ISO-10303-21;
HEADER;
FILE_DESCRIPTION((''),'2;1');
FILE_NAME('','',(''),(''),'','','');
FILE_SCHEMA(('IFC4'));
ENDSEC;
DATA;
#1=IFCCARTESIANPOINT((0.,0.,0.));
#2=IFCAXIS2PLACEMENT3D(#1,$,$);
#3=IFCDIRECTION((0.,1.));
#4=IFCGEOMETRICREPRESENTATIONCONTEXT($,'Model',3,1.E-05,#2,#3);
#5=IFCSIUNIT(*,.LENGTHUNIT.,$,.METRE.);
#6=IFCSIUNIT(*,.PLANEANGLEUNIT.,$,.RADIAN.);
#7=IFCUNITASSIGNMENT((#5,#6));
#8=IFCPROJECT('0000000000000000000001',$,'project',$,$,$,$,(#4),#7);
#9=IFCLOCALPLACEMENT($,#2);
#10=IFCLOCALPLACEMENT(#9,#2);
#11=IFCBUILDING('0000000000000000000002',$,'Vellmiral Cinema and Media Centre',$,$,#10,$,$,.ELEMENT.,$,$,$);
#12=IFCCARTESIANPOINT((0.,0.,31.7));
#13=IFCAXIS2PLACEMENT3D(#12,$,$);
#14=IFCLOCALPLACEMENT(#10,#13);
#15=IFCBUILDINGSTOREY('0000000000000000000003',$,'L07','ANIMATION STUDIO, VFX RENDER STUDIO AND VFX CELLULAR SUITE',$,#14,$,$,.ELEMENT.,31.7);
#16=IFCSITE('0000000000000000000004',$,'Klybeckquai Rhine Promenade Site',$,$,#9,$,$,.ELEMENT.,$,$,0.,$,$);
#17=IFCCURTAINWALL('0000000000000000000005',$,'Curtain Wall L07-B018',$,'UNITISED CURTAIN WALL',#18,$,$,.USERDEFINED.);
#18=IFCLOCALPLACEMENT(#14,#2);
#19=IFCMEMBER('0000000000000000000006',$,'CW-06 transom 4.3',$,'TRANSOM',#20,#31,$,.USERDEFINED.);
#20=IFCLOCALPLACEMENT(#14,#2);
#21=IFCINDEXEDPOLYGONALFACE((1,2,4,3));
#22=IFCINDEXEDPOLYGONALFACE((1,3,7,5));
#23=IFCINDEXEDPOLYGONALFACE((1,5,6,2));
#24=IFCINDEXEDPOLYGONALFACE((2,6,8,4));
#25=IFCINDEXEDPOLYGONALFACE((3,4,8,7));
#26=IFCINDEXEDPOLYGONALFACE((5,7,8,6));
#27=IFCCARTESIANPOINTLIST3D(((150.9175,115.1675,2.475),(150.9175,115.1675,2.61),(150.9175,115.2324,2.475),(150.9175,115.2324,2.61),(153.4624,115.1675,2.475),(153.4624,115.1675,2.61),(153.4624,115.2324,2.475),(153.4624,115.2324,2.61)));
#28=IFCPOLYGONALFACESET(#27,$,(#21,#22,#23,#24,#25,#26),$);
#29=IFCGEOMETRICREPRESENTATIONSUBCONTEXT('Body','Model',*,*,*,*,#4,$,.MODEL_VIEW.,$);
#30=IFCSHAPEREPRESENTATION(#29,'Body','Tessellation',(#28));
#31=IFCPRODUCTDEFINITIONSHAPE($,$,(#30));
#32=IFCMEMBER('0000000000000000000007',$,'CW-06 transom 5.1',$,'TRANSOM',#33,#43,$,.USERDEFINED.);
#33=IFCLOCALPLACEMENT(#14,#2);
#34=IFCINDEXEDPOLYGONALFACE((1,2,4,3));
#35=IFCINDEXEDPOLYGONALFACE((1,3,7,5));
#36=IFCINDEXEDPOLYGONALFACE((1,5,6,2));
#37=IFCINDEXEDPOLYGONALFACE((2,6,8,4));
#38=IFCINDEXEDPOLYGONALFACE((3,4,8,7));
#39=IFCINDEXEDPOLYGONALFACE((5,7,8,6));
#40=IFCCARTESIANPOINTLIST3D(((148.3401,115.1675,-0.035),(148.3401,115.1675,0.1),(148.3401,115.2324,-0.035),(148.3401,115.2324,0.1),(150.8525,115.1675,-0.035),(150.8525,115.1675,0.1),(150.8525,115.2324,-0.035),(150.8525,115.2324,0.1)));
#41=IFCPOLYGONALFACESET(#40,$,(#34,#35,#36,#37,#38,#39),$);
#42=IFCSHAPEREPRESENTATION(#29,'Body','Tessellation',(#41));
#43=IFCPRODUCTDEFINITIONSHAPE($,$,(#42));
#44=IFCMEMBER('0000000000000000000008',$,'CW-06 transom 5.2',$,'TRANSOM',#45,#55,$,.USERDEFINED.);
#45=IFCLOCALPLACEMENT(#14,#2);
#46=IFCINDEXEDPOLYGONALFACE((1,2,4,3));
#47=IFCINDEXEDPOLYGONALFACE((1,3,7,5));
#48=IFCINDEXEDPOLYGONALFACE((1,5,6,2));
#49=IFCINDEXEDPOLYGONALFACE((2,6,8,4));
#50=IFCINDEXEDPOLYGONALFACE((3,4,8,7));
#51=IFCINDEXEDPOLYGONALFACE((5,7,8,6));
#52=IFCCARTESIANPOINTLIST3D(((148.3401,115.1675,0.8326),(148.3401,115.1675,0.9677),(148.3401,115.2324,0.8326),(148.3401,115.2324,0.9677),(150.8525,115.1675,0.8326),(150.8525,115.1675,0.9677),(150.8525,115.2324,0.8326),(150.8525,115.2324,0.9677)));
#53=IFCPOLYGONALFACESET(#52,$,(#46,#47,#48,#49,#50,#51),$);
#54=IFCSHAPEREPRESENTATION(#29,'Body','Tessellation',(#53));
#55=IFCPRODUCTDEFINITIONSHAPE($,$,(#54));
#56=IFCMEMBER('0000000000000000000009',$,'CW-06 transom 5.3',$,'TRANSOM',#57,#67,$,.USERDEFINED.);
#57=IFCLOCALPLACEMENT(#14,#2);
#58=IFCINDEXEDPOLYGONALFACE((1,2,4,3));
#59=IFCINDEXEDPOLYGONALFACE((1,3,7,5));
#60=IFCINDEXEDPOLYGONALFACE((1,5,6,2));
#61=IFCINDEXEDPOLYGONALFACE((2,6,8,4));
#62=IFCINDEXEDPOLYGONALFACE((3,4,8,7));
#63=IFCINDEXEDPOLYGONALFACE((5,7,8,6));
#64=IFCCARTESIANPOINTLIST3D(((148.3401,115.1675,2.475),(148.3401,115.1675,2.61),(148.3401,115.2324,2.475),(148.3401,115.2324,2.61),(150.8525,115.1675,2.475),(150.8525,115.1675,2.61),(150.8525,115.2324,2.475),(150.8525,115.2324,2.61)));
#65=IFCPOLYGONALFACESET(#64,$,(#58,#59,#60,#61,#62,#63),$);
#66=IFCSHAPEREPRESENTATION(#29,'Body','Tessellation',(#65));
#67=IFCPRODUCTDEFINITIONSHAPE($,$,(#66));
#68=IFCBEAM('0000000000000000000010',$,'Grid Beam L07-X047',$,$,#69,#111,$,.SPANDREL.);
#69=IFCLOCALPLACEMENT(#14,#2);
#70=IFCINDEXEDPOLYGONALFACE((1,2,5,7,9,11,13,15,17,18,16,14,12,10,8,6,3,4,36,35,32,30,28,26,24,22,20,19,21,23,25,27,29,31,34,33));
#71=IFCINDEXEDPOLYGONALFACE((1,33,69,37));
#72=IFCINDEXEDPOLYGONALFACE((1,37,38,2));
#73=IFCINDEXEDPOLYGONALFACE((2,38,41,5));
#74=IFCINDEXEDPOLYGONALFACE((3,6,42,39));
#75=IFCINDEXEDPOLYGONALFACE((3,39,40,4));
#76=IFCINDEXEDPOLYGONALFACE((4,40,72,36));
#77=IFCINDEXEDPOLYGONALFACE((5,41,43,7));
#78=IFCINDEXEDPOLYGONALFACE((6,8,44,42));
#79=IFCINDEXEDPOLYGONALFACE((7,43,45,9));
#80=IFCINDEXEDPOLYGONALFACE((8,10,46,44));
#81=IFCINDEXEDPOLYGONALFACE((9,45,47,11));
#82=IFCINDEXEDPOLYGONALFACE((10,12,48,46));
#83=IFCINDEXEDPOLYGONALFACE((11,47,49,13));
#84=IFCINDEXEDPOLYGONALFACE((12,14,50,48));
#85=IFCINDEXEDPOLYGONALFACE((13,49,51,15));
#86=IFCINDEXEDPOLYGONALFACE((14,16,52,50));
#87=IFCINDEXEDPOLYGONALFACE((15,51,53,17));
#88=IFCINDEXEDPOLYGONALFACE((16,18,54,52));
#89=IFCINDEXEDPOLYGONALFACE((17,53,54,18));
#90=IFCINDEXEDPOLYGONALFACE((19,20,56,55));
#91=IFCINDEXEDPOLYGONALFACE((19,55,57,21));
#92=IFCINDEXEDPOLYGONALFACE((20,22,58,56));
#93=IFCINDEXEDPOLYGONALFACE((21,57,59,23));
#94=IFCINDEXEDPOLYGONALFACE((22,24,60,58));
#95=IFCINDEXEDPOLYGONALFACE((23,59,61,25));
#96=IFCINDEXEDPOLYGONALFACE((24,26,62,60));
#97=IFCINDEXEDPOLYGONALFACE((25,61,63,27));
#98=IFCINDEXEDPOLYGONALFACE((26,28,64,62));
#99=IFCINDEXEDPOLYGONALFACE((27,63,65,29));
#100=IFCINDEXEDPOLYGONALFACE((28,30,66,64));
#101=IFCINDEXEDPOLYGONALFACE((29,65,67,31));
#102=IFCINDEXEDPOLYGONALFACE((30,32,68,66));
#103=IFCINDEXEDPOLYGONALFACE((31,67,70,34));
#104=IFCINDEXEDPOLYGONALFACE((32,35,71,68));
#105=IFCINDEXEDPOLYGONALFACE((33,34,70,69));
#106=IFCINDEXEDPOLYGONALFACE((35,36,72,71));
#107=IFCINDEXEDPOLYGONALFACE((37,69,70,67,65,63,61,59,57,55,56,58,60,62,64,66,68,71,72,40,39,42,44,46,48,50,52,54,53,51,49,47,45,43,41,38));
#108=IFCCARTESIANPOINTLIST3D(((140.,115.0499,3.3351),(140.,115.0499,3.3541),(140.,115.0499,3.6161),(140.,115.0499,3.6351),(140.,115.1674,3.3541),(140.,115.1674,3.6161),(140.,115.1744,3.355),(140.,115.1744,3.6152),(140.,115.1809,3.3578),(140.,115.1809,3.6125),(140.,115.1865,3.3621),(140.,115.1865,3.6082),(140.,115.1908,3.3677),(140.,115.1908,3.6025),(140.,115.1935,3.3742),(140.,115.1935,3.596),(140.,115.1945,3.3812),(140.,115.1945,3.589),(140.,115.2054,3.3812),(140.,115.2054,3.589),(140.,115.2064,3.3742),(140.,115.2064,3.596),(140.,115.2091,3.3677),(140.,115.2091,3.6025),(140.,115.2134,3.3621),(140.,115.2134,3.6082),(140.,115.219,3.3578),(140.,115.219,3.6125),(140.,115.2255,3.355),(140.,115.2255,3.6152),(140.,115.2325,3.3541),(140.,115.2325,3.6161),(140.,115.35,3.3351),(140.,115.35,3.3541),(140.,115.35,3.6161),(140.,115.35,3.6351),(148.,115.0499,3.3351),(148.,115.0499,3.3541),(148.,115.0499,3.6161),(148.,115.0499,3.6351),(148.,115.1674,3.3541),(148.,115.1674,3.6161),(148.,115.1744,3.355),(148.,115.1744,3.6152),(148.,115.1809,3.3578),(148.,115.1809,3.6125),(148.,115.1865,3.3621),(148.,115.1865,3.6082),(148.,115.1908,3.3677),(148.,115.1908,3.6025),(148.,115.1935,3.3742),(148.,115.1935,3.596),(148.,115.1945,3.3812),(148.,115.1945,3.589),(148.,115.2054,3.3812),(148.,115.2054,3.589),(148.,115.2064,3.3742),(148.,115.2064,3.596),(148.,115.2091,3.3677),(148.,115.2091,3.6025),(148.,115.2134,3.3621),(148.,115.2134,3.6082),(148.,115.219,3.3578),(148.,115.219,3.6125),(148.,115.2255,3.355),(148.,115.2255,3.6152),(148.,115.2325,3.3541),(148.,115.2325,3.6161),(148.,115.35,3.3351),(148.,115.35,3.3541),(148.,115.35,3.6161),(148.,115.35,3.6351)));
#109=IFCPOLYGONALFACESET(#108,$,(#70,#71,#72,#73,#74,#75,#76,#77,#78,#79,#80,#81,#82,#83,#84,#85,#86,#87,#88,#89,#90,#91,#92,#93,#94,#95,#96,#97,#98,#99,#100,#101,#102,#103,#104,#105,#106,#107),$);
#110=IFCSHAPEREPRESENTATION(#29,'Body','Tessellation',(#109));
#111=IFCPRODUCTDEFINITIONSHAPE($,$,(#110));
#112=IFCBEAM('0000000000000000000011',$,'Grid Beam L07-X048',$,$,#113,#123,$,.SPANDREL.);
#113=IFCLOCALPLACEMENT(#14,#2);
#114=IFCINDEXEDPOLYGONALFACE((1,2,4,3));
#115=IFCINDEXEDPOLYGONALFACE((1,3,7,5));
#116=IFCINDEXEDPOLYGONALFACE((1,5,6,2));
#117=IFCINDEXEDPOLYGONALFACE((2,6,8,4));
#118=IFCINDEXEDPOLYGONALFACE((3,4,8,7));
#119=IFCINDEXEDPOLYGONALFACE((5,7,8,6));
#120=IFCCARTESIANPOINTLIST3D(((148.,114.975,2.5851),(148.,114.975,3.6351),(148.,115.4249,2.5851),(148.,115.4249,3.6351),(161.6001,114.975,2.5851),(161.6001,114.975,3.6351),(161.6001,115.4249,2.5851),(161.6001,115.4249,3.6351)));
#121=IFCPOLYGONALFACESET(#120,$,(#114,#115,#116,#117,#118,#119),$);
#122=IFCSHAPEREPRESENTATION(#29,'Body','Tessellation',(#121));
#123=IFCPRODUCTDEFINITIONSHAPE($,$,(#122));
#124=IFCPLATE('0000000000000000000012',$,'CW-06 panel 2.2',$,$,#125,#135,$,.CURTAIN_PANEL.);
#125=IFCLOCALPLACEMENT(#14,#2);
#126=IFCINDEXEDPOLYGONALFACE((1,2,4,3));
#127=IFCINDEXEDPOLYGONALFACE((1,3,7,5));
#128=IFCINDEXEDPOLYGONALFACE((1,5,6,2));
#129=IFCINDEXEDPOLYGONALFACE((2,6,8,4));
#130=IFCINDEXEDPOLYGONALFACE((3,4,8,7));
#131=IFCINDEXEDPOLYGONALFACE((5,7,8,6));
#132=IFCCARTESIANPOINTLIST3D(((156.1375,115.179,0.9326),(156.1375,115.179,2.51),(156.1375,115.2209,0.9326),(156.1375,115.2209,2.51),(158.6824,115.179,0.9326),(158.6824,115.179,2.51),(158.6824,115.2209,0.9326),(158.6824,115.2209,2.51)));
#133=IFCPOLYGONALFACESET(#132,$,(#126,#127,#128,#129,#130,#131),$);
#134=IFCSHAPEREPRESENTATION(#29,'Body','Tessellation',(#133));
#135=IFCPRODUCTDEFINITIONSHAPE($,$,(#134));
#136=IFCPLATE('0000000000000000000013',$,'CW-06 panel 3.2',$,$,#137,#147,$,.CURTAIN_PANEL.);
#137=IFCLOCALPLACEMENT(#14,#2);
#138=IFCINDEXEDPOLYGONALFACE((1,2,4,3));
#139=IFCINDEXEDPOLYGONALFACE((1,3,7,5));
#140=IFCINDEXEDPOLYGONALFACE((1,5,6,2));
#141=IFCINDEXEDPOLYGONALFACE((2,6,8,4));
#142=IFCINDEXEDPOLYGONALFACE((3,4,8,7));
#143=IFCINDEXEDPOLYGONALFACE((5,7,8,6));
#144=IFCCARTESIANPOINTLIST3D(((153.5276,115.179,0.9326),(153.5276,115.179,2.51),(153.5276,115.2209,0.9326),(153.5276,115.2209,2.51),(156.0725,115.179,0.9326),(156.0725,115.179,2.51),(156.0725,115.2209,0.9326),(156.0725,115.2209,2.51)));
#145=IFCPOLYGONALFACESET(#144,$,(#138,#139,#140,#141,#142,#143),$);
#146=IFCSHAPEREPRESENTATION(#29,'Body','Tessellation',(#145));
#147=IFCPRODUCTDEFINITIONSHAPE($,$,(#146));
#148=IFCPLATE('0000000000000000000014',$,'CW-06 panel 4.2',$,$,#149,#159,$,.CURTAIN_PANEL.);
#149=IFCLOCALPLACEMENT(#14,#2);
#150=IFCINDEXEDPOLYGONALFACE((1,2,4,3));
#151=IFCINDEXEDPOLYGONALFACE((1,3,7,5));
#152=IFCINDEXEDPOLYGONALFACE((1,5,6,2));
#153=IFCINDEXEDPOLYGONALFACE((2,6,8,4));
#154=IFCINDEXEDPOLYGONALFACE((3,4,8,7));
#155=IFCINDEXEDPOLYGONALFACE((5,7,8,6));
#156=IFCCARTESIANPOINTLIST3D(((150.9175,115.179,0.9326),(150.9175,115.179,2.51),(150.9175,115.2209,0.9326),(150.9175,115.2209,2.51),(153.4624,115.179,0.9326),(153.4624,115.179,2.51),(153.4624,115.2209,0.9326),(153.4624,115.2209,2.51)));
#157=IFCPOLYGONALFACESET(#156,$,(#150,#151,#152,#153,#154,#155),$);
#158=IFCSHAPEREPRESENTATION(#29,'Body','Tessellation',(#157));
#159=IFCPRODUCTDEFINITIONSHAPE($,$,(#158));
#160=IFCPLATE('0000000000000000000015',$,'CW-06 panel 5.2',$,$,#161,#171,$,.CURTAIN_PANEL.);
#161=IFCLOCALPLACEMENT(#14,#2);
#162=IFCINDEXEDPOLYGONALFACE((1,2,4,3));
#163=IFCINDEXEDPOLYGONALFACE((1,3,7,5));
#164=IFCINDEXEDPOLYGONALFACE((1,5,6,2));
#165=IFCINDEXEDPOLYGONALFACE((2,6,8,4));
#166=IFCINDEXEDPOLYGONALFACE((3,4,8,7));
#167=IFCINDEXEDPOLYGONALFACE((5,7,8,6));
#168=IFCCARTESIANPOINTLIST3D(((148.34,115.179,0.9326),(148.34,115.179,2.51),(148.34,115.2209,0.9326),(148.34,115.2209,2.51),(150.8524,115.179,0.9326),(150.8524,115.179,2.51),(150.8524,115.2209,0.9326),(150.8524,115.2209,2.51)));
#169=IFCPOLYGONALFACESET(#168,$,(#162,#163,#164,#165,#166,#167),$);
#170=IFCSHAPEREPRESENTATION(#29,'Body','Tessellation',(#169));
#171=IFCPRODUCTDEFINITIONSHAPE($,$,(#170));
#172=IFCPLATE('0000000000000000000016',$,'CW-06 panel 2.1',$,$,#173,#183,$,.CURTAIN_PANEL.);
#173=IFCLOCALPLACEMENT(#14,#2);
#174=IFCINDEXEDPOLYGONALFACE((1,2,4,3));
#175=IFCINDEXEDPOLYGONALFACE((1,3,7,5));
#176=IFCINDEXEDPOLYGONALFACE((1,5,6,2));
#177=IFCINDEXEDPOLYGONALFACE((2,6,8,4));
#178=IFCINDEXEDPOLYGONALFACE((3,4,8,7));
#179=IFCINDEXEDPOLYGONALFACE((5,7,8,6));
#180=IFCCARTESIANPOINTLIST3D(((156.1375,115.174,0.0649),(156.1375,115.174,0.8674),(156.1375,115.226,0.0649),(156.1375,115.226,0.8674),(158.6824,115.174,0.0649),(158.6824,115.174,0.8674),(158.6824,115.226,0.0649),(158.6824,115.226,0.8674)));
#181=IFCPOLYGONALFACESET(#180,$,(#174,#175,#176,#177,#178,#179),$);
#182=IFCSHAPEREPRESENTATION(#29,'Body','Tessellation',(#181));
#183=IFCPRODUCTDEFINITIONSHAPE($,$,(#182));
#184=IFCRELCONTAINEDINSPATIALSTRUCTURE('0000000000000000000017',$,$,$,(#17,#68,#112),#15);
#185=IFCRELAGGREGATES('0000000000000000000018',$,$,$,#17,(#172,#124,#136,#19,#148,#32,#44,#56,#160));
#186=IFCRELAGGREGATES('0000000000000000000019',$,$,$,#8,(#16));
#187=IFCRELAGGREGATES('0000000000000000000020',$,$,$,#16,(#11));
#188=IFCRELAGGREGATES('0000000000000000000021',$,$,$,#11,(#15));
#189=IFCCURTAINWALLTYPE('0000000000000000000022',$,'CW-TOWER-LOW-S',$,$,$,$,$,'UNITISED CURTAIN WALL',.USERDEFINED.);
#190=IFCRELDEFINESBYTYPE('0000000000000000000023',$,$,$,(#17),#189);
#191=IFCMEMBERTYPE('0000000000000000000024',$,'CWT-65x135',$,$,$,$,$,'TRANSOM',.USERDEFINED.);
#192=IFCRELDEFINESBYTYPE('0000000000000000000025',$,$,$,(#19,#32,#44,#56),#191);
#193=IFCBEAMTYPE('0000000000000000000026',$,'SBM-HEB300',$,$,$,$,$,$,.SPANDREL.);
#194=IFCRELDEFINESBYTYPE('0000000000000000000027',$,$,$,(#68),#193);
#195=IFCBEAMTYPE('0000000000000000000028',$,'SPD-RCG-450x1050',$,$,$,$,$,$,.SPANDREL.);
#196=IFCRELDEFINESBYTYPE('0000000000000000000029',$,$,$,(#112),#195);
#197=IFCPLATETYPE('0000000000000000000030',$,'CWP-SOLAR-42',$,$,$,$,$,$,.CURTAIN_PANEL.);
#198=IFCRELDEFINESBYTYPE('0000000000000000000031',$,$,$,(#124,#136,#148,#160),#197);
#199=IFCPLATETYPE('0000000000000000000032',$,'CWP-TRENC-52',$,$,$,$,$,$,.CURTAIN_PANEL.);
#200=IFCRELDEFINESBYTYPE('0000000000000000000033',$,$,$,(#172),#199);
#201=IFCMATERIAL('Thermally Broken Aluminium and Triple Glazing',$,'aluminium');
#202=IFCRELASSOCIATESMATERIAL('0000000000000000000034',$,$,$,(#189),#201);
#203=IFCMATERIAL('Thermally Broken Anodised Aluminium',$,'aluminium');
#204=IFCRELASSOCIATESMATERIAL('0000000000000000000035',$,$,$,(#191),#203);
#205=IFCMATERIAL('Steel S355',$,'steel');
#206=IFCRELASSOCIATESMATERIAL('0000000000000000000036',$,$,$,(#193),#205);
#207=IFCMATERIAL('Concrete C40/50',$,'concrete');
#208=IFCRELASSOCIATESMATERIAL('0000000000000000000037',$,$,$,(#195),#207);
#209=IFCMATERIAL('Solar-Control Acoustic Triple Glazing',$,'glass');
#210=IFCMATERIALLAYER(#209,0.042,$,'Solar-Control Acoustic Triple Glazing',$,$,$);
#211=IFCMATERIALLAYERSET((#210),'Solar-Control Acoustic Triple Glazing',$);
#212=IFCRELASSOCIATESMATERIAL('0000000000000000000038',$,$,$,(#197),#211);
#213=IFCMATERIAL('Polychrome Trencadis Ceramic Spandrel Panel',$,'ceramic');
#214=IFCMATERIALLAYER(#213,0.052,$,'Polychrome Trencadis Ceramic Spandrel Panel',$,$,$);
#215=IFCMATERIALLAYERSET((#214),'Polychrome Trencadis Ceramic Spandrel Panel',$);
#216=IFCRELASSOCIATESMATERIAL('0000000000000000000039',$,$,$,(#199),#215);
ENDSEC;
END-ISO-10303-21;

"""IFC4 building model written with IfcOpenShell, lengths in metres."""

from ifc_helpers import new_model, si_unit, direction, frame, origin, origin_2d, place, context, subcontext, project, spatial, rectangle, i_section, extrude, material, layer, layer_set, material_profile, profile_set, type_object, element, aggregate, save


model = new_model("IFC4")

# Units and contexts
model_context = context("Model", 3, precision=1e-05, world=origin(), true_north=direction((0.0, 1.0)))
body_context = subcontext(model_context, "Body", "Model", "MODEL_VIEW")
ifc_project = project(units=[si_unit("LENGTHUNIT", "METRE"), si_unit("PLANEANGLEUNIT", "RADIAN")], contexts=[model_context])

# Site, building, storey
site_placement = place(None, origin())
site = spatial("IfcSite", under=ifc_project, at=site_placement, Name="Klybeckquai Rhine Promenade Site", CompositionType="ELEMENT", RefElevation=0.0)
building_placement = place(site_placement, origin())
building = spatial("IfcBuilding", under=site, at=building_placement, Name="Vellmiral Cinema and Media Centre", CompositionType="ELEMENT")
storey_placement = place(building_placement, frame((0.0, 0.0, 31.7)))
storey = spatial("IfcBuildingStorey", under=building, at=storey_placement, Name="L07", Description="ANIMATION STUDIO, VFX RENDER STUDIO AND VFX CELLULAR SUITE", CompositionType="ELEMENT", Elevation=31.7)

# Curtain wall, members
ifc_material_1 = material(Name="Thermally Broken Aluminium and Triple Glazing", Category="aluminium")
curtain_wall_type = type_object("IfcCurtainWallType", Name="CW-TOWER-LOW-S", ElementType="UNITISED CURTAIN WALL", PredefinedType="USERDEFINED", material=ifc_material_1)
curtain_wall_placement = place(storey_placement, origin())
curtain_wall = element("IfcCurtainWall", 1, at=curtain_wall_placement, inside=storey, type_object=curtain_wall_type, Name="Curtain Wall L07-B018", ObjectType="UNITISED CURTAIN WALL", PredefinedType="USERDEFINED")
ifc_material_2 = material(Name="Thermally Broken Anodised Aluminium", Category="aluminium")
ifc_material_profile_1 = material_profile(ifc_material_2, rectangle(XDim=0.0649, YDim=0.135, at=origin_2d()), Name="MULL 65x135")
ifc_profile_set_1 = profile_set([ifc_material_profile_1], Name="Thermally Broken Anodised Aluminium")
member_type_1 = type_object("IfcMemberType", Name="CWT-65x135", ElementType="TRANSOM", PredefinedType="USERDEFINED", material=ifc_profile_set_1)
member_1_placement = place(storey_placement, frame((153.4624, 115.2, 2.5425), z_axis=(-1.0, 0.0, 0.0), x_axis=(0.0, -1.0, 0.0)))
member_1 = element("IfcMember", 2, at=member_1_placement, type_object=member_type_1, Name="CW-06 transom 4.3", ObjectType="TRANSOM", PredefinedType="USERDEFINED", context=body_context, shape_type="SweptSolid", body=[
    extrude(rectangle(XDim=0.0649, YDim=0.135, at=origin_2d()), origin(), (0.0, 0.0, 1.0), 2.5449),
])
member_2_placement = place(storey_placement, frame((150.8525, 115.2, 0.0325), z_axis=(-1.0, 0.0, 0.0), x_axis=(0.0, -1.0, 0.0)))
member_2 = element("IfcMember", 3, at=member_2_placement, type_object=member_type_1, Name="CW-06 transom 5.1", ObjectType="TRANSOM", PredefinedType="USERDEFINED", context=body_context, shape_type="SweptSolid", body=[
    extrude(rectangle(XDim=0.0649, YDim=0.135, at=origin_2d()), origin(), (0.0, 0.0, 1.0), 2.5125),
])
member_3_placement = place(storey_placement, frame((150.8525, 115.2, 0.9001), z_axis=(-1.0, 0.0, 0.0), x_axis=(0.0, -1.0, 0.0)))
member_3 = element("IfcMember", 4, at=member_3_placement, type_object=member_type_1, Name="CW-06 transom 5.2", ObjectType="TRANSOM", PredefinedType="USERDEFINED", context=body_context, shape_type="SweptSolid", body=[
    extrude(rectangle(XDim=0.0649, YDim=0.135, at=origin_2d()), origin(), (0.0, 0.0, 1.0), 2.5125),
])
member_4_placement = place(storey_placement, frame((150.8525, 115.2, 2.5425), z_axis=(-1.0, 0.0, 0.0), x_axis=(0.0, -1.0, 0.0)))
member_4 = element("IfcMember", 5, at=member_4_placement, type_object=member_type_1, Name="CW-06 transom 5.3", ObjectType="TRANSOM", PredefinedType="USERDEFINED", context=body_context, shape_type="SweptSolid", body=[
    extrude(rectangle(XDim=0.0649, YDim=0.135, at=origin_2d()), origin(), (0.0, 0.0, 1.0), 2.5125),
])

# Beams
ifc_material_3 = material(Name="Steel S355", Category="steel")
ifc_material_profile_2 = material_profile(ifc_material_3, i_section(OverallWidth=0.3, OverallDepth=0.3, WebThickness=0.011, FlangeThickness=0.019, FilletRadius=0.0271, at=origin_2d()), Name="HEB 300")
ifc_profile_set_2 = profile_set([ifc_material_profile_2], Name="Steel S355")
beam_type_1 = type_object("IfcBeamType", Name="SBM-HEB300", PredefinedType="SPANDREL", material=ifc_profile_set_2)
beam_1_placement = place(storey_placement, frame((140.0, 115.2, 3.4851), z_axis=(1.0, 0.0, 0.0), x_axis=(0.0, 1.0, 0.0)))
element("IfcBeam", 6, at=beam_1_placement, inside=storey, type_object=beam_type_1, Name="Grid Beam L07-X047", PredefinedType="SPANDREL", context=body_context, shape_type="SweptSolid", body=[
    extrude(i_section(OverallWidth=0.3, OverallDepth=0.3, WebThickness=0.011, FlangeThickness=0.019, FilletRadius=0.0271, at=origin_2d()), origin(), (0.0, 0.0, 1.0), 8.0),
])
ifc_material_4 = material(Name="Concrete C40/50", Category="concrete")
ifc_material_profile_3 = material_profile(ifc_material_4, rectangle(XDim=0.45, YDim=1.05, at=origin_2d()), Name="RC 450x1050")
ifc_profile_set_3 = profile_set([ifc_material_profile_3], Name="Concrete C40/50")
beam_type_2 = type_object("IfcBeamType", Name="SPD-RCG-450x1050", PredefinedType="SPANDREL", material=ifc_profile_set_3)
beam_2_placement = place(storey_placement, frame((148.0, 115.2, 3.1101), z_axis=(1.0, 0.0, 0.0), x_axis=(0.0, 1.0, 0.0)))
element("IfcBeam", 7, at=beam_2_placement, inside=storey, type_object=beam_type_2, Name="Grid Beam L07-X048", PredefinedType="SPANDREL", context=body_context, shape_type="SweptSolid", body=[
    extrude(rectangle(XDim=0.45, YDim=1.05, at=origin_2d()), origin(), (0.0, 0.0, 1.0), 13.6001),
])

# Plates
ifc_material_5 = material(Name="Solar-Control Acoustic Triple Glazing", Category="glass")
ifc_layer_1 = layer(ifc_material_5, 0.042, Name="Solar-Control Acoustic Triple Glazing")
ifc_layer_set_1 = layer_set([ifc_layer_1], Name="Solar-Control Acoustic Triple Glazing")
plate_type_1 = type_object("IfcPlateType", Name="CWP-SOLAR-42", PredefinedType="CURTAIN_PANEL", material=ifc_layer_set_1)
plate_1_placement = place(storey_placement, frame((157.4099, 115.2, 0.9326), z_axis=(0.0, 0.0, 1.0), x_axis=(-1.0, 0.0, 0.0)))
plate_1 = element("IfcPlate", 8, at=plate_1_placement, type_object=plate_type_1, Name="CW-06 panel 2.2", PredefinedType="CURTAIN_PANEL", context=body_context, shape_type="SweptSolid", body=[
    extrude(rectangle(XDim=2.5449, YDim=0.042, at=origin_2d()), origin(), (0.0, 0.0, 1.0), 1.5774),
])
plate_2_placement = place(storey_placement, frame((154.8, 115.2, 0.9326), z_axis=(0.0, 0.0, 1.0), x_axis=(-1.0, 0.0, 0.0)))
plate_2 = element("IfcPlate", 9, at=plate_2_placement, type_object=plate_type_1, Name="CW-06 panel 3.2", PredefinedType="CURTAIN_PANEL", context=body_context, shape_type="SweptSolid", body=[
    extrude(rectangle(XDim=2.5449, YDim=0.042, at=origin_2d()), origin(), (0.0, 0.0, 1.0), 1.5774),
])
plate_3_placement = place(storey_placement, frame((152.1899, 115.2, 0.9326), z_axis=(0.0, 0.0, 1.0), x_axis=(-1.0, 0.0, 0.0)))
plate_3 = element("IfcPlate", 10, at=plate_3_placement, type_object=plate_type_1, Name="CW-06 panel 4.2", PredefinedType="CURTAIN_PANEL", context=body_context, shape_type="SweptSolid", body=[
    extrude(rectangle(XDim=2.5449, YDim=0.042, at=origin_2d()), origin(), (0.0, 0.0, 1.0), 1.5774),
])
plate_4_placement = place(storey_placement, frame((149.5962, 115.2, 0.9326), z_axis=(0.0, 0.0, 1.0), x_axis=(-1.0, 0.0, 0.0)))
plate_4 = element("IfcPlate", 11, at=plate_4_placement, type_object=plate_type_1, Name="CW-06 panel 5.2", PredefinedType="CURTAIN_PANEL", context=body_context, shape_type="SweptSolid", body=[
    extrude(rectangle(XDim=2.5125, YDim=0.042, at=origin_2d()), origin(), (0.0, 0.0, 1.0), 1.5774),
])
ifc_material_6 = material(Name="Polychrome Trencadis Ceramic Spandrel Panel", Category="ceramic")
ifc_layer_2 = layer(ifc_material_6, 0.052, Name="Polychrome Trencadis Ceramic Spandrel Panel")
ifc_layer_set_2 = layer_set([ifc_layer_2], Name="Polychrome Trencadis Ceramic Spandrel Panel")
plate_type_2 = type_object("IfcPlateType", Name="CWP-TRENC-52", PredefinedType="CURTAIN_PANEL", material=ifc_layer_set_2)
plate_5_placement = place(storey_placement, frame((157.4099, 115.2, 0.0649), z_axis=(0.0, 0.0, 1.0), x_axis=(-1.0, 0.0, 0.0)))
plate_5 = element("IfcPlate", 12, at=plate_5_placement, type_object=plate_type_2, Name="CW-06 panel 2.1", PredefinedType="CURTAIN_PANEL", context=body_context, shape_type="SweptSolid", body=[
    extrude(rectangle(XDim=2.5449, YDim=0.052, at=origin_2d()), origin(), (0.0, 0.0, 1.0), 0.8025),
])
aggregate(curtain_wall, [plate_5, plate_1, plate_2, member_1, plate_3, member_2, member_3, member_4, plate_4])

save(model, "model.ifc")
